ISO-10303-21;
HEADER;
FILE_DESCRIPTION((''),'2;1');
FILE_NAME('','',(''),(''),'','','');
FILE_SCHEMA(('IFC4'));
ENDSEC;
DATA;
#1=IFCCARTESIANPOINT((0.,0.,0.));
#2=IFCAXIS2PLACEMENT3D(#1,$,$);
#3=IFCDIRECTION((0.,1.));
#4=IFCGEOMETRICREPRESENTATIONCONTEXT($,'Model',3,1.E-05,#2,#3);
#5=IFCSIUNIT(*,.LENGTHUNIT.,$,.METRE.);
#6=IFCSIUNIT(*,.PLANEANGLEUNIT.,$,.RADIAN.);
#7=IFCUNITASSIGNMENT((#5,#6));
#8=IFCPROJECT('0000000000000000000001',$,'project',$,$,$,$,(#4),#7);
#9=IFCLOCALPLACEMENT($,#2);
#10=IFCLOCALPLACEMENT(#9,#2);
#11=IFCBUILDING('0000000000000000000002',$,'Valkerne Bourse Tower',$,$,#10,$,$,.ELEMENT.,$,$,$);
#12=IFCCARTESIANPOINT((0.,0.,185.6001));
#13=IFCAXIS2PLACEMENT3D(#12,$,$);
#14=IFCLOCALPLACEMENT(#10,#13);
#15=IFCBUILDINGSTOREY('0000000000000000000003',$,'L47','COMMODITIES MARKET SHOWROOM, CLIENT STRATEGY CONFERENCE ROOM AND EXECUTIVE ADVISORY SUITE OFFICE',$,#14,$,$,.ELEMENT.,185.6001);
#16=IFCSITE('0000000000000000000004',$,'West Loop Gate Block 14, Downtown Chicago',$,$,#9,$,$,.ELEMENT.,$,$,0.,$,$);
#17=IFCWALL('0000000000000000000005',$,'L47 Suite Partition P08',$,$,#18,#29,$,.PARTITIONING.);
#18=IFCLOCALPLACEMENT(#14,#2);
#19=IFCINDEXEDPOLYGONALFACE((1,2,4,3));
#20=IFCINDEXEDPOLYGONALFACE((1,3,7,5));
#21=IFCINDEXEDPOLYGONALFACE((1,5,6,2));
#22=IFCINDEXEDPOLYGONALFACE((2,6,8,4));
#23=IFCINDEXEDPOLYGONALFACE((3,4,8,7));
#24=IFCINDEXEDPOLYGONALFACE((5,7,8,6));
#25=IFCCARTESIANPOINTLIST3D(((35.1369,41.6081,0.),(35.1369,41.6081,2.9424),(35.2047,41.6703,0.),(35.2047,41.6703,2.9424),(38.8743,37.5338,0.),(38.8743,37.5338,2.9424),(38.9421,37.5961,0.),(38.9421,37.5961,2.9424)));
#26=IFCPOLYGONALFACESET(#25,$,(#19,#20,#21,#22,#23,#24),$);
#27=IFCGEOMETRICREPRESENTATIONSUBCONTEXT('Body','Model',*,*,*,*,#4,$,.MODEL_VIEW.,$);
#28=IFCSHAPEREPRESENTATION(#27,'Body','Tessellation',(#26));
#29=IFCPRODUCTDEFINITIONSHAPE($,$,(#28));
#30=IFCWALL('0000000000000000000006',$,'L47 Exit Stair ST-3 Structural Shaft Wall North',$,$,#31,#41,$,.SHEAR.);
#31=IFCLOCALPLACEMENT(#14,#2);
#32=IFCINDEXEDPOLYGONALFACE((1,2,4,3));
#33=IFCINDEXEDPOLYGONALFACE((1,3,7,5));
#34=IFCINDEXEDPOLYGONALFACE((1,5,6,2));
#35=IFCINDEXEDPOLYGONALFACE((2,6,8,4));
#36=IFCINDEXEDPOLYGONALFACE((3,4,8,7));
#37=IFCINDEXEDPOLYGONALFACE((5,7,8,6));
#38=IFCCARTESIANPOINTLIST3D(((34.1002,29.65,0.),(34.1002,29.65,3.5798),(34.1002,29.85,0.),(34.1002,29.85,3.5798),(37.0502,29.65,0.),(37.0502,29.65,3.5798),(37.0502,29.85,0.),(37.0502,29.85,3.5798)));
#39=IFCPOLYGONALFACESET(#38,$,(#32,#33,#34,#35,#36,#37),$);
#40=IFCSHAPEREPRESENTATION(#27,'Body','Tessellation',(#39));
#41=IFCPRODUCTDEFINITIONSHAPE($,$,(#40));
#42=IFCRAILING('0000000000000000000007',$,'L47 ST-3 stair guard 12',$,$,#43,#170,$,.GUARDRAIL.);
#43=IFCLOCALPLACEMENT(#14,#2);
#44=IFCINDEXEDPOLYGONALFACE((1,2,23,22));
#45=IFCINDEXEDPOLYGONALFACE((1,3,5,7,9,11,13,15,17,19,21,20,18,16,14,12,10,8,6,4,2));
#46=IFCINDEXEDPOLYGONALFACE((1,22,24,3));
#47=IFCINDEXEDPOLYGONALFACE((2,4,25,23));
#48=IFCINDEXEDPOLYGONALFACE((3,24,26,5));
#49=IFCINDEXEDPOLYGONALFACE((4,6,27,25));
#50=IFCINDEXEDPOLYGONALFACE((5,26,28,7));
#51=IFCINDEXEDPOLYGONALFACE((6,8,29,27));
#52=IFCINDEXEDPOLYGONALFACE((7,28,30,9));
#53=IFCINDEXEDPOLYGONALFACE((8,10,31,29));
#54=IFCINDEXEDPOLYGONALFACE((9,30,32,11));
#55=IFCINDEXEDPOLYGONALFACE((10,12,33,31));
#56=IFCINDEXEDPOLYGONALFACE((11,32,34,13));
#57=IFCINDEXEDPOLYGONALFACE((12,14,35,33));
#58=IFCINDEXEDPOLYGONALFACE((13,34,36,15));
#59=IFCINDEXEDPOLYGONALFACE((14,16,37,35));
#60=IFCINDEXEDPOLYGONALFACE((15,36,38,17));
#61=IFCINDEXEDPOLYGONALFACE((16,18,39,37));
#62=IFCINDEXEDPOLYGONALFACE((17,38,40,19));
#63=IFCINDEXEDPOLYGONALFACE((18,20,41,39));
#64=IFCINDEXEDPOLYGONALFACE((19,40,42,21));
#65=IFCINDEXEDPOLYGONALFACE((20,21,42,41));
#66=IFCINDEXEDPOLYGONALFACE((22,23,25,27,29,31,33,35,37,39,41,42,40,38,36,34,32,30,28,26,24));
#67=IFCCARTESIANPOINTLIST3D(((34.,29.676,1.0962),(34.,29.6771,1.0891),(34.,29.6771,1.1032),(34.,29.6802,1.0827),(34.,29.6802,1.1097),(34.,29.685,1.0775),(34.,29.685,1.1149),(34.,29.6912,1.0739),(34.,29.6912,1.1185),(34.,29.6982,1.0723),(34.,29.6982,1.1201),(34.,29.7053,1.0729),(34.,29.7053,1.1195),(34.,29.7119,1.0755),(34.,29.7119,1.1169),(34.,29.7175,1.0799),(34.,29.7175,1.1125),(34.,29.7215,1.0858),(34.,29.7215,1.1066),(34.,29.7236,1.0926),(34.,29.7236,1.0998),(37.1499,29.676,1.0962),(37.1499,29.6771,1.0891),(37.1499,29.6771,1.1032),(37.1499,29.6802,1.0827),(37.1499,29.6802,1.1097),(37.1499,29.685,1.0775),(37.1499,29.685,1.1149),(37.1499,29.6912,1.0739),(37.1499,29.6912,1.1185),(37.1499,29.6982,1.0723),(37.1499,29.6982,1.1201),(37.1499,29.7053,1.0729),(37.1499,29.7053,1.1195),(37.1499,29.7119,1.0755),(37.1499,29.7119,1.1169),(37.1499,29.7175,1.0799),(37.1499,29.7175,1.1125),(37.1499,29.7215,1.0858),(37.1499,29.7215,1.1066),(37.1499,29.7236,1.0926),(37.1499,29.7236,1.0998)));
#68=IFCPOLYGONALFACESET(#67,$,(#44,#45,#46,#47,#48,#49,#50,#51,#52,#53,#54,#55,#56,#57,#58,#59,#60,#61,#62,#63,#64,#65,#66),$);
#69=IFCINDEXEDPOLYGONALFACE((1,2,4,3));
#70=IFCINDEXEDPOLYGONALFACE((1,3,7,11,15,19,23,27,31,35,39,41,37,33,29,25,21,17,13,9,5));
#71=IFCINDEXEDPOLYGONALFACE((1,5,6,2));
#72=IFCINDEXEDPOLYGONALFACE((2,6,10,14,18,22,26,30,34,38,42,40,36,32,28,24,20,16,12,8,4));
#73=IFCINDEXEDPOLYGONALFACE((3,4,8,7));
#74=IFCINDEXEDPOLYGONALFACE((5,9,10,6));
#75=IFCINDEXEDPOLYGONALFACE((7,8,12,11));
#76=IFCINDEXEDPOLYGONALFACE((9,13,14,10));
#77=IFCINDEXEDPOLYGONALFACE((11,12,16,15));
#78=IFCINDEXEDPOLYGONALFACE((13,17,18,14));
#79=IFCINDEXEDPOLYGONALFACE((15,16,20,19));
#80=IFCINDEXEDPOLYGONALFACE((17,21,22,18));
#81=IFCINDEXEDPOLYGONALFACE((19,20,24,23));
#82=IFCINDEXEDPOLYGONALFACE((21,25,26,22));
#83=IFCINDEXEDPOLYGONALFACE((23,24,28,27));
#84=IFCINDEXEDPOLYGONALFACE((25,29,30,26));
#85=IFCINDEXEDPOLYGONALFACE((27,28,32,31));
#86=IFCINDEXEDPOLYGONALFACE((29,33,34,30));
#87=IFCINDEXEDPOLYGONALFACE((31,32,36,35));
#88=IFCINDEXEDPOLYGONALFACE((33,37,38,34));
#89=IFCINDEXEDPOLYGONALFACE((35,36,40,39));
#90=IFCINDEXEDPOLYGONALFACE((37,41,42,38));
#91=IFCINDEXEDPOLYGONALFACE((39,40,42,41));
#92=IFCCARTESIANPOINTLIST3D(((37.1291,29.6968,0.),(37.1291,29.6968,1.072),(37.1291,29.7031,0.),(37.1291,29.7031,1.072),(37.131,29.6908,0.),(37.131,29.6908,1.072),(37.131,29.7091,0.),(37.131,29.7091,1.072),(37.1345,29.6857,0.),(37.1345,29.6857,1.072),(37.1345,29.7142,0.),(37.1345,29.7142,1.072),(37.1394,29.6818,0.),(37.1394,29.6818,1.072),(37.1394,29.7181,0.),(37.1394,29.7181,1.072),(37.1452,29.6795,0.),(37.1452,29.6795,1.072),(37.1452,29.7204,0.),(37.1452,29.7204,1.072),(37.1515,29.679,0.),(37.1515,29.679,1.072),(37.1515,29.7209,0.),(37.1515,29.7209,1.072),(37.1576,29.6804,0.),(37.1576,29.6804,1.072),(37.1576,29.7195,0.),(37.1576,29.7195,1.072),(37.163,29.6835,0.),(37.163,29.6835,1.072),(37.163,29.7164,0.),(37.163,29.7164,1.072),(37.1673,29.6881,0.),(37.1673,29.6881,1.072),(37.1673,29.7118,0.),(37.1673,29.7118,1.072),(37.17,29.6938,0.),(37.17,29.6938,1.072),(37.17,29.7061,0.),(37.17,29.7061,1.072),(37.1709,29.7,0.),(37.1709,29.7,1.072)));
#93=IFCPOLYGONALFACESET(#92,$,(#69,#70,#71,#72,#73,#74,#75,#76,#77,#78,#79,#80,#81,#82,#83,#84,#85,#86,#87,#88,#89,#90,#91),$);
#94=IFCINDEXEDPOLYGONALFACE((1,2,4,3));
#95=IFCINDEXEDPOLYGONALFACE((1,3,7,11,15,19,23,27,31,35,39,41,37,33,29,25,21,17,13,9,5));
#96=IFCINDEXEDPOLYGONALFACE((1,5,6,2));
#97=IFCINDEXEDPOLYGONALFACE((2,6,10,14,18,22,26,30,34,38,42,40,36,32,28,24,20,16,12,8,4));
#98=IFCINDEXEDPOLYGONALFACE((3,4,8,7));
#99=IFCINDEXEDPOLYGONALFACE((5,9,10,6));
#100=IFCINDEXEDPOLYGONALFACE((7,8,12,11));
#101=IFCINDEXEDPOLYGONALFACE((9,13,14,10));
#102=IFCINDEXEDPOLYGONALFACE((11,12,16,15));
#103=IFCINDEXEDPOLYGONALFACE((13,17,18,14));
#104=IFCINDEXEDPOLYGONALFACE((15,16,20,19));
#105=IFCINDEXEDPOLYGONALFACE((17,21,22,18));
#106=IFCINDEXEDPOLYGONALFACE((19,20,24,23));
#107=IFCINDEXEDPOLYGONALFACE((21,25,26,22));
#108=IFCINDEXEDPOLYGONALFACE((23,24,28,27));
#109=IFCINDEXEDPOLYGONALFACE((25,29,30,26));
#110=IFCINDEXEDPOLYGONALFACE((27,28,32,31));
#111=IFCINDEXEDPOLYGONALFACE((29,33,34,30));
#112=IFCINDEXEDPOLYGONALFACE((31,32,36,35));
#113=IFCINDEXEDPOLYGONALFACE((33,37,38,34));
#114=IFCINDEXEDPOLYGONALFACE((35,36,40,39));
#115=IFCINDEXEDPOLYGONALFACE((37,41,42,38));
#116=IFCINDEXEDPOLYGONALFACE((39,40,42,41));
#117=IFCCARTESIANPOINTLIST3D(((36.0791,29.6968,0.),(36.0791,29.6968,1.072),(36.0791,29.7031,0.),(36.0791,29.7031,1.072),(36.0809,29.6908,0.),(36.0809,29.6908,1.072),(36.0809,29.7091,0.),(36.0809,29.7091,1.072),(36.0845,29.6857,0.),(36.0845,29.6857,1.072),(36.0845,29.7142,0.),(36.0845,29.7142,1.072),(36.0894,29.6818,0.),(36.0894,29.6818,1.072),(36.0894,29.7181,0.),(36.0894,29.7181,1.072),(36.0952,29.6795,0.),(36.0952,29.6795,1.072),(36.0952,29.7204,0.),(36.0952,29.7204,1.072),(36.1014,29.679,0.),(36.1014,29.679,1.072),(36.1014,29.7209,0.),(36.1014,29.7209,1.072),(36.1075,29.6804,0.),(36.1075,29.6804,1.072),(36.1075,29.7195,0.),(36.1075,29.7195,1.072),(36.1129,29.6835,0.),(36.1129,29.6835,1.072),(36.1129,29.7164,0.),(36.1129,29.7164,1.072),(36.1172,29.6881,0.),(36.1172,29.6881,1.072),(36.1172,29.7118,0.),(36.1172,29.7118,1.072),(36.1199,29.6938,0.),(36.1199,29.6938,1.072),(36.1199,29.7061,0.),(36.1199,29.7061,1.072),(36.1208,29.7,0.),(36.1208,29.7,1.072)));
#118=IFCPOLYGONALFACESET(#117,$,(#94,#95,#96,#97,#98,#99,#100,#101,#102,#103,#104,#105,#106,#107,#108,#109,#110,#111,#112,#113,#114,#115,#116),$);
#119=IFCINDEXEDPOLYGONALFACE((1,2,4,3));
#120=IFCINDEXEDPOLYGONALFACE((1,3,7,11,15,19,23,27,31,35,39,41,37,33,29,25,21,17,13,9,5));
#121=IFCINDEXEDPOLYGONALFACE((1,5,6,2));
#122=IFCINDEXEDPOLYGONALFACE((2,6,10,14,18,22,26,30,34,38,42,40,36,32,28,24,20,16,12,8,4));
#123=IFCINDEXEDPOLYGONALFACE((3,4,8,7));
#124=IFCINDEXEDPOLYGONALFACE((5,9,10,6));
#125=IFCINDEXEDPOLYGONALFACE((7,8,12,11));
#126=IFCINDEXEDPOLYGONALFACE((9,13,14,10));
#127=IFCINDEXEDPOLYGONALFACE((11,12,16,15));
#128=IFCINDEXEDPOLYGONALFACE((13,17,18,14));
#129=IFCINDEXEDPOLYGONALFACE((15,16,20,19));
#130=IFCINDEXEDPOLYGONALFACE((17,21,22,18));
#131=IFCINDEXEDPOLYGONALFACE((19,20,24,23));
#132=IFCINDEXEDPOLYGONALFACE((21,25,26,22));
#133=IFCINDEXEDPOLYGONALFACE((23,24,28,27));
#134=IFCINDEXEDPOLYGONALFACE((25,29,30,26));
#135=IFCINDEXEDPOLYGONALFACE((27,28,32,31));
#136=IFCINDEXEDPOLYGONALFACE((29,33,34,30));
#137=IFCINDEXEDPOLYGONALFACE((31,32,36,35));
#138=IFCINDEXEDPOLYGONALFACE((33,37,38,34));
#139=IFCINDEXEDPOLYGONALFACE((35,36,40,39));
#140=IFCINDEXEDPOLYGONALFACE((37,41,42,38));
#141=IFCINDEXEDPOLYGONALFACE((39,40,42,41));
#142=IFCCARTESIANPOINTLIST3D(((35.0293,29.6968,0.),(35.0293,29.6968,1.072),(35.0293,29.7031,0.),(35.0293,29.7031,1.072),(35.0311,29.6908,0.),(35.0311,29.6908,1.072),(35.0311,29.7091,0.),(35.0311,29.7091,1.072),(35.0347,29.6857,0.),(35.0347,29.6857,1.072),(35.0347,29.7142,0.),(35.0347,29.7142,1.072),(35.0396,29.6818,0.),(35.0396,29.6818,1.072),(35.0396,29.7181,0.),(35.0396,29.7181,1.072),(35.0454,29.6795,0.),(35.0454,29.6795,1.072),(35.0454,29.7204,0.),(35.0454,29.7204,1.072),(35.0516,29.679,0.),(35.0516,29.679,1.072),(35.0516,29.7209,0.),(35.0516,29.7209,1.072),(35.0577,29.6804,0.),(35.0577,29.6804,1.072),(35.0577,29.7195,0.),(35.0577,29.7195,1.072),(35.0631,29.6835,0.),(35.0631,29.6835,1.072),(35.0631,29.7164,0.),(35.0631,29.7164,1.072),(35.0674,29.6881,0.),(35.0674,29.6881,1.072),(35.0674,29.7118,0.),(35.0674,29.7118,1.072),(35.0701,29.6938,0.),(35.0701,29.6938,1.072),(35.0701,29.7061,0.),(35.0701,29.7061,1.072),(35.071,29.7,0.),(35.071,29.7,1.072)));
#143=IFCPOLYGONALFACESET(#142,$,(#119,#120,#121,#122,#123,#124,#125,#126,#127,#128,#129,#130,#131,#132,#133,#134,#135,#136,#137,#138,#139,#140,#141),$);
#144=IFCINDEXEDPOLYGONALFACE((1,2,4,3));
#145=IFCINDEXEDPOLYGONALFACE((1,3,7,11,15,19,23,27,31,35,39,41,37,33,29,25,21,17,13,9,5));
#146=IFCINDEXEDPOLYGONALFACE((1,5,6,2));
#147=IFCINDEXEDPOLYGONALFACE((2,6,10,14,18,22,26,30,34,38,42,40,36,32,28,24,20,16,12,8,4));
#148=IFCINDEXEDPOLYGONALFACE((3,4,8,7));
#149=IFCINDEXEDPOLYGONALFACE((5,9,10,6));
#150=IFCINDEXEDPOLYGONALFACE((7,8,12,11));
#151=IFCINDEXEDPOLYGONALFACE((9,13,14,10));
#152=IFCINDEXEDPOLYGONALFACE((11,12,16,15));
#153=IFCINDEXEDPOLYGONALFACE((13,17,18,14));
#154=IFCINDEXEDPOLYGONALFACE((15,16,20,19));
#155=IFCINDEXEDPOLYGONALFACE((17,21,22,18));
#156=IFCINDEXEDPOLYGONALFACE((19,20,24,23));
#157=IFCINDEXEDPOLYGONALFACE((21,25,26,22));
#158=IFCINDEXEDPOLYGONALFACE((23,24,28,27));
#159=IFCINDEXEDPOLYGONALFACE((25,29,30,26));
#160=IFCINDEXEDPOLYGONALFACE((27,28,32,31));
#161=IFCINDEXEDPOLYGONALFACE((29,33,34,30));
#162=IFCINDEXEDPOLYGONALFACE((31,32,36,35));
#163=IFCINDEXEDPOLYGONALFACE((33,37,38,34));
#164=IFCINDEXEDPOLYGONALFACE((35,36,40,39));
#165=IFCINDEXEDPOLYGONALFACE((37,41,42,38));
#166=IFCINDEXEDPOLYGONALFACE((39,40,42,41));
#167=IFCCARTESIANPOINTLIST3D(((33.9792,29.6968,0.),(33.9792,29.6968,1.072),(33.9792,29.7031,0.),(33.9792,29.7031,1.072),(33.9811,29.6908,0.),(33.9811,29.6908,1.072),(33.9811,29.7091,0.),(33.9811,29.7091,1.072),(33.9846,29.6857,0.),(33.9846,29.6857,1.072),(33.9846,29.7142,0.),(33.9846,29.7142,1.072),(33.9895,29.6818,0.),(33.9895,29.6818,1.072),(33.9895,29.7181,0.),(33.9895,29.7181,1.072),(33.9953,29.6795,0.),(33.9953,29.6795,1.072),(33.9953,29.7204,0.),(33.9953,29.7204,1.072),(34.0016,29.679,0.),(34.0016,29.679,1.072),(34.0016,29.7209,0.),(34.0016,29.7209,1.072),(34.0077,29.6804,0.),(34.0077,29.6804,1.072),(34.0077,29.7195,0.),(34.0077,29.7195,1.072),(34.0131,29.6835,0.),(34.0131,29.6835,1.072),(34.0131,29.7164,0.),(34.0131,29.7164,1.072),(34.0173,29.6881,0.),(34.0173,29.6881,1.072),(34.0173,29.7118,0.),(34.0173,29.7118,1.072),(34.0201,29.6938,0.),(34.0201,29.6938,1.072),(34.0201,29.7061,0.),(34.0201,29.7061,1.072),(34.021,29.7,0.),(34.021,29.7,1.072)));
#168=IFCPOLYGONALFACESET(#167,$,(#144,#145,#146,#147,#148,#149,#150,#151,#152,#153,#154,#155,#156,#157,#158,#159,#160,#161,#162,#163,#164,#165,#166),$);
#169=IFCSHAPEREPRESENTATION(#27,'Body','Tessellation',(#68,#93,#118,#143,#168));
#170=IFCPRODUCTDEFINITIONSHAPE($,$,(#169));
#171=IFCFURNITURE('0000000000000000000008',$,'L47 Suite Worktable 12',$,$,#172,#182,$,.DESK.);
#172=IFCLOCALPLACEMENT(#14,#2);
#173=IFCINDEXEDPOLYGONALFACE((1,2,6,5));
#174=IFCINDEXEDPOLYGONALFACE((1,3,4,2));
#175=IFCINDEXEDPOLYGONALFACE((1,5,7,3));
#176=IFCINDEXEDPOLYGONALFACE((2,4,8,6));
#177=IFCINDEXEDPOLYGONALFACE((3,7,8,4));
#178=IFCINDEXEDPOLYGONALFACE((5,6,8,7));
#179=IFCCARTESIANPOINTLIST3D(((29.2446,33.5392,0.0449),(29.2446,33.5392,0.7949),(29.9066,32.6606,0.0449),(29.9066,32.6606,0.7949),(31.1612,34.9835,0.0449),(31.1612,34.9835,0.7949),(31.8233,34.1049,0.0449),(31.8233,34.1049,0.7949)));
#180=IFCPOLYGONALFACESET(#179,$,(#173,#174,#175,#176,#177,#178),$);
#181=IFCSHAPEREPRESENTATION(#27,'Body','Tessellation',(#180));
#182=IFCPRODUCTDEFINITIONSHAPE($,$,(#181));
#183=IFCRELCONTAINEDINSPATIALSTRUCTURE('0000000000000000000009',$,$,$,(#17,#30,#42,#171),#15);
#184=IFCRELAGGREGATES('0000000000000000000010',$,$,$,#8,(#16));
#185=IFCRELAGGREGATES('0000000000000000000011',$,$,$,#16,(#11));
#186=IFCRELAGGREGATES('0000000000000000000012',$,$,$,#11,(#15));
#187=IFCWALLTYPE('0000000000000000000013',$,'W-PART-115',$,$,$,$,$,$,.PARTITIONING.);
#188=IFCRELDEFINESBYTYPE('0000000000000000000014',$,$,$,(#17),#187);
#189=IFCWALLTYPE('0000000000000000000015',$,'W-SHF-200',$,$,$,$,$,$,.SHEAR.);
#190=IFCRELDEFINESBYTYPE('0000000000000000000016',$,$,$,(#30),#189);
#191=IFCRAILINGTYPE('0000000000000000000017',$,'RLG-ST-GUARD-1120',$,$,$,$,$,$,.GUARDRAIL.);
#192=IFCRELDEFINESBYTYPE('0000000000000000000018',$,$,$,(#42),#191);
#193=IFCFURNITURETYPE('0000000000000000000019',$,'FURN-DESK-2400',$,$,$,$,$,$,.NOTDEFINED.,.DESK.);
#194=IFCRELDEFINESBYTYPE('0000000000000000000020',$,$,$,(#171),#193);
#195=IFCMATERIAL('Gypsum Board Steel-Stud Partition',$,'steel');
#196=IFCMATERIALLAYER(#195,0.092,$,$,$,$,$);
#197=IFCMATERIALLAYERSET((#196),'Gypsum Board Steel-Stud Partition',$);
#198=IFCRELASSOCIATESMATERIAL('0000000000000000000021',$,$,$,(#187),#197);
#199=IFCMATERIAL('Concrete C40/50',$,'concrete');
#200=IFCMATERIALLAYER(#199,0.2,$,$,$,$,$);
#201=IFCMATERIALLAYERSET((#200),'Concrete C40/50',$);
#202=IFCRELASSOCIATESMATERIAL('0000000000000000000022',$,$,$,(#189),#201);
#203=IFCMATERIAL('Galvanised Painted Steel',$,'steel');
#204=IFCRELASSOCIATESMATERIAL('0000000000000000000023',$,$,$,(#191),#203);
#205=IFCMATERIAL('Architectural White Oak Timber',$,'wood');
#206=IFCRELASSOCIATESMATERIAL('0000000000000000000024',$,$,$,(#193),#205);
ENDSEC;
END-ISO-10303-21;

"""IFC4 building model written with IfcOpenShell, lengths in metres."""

from ifc_helpers import new_model, si_unit, direction, frame, frame_2d, origin, origin_2d, place, context, subcontext, project, spatial, rectangle, circle, extrude, material, layer, layer_set, type_object, element, save


model = new_model("IFC4")

# Units and contexts
model_context = context("Model", 3, precision=1e-05, world=origin(), true_north=direction((0.0, 1.0)))
body_context = subcontext(model_context, "Body", "Model", "MODEL_VIEW")
ifc_project = project(units=[si_unit("LENGTHUNIT", "METRE"), si_unit("PLANEANGLEUNIT", "RADIAN")], contexts=[model_context])

# Site, building, storey
site_placement = place(None, origin())
site = spatial("IfcSite", under=ifc_project, at=site_placement, Name="West Loop Gate Block 14, Downtown Chicago", CompositionType="ELEMENT", RefElevation=0.0)
building_placement = place(site_placement, origin())
building = spatial("IfcBuilding", under=site, at=building_placement, Name="Valkerne Bourse Tower", CompositionType="ELEMENT")
storey_placement = place(building_placement, frame((0.0, 0.0, 185.6001)))
storey = spatial("IfcBuildingStorey", under=building, at=storey_placement, Name="L47", Description="COMMODITIES MARKET SHOWROOM, CLIENT STRATEGY CONFERENCE ROOM AND EXECUTIVE ADVISORY SUITE OFFICE", CompositionType="ELEMENT", Elevation=185.6001)

# Shared definitions
ifc_material_1 = material(Name="Galvanised Painted Steel", Category="steel")

# Shared definitions
ifc_material_2 = material(Name="Gypsum Board Steel-Stud Partition", Category="steel")

# Shared definitions
ifc_material_3 = material(Name="Architectural White Oak Timber", Category="wood")

# Walls
ifc_layer_1 = layer(ifc_material_2, 0.092)
ifc_layer_set_1 = layer_set([ifc_layer_1], Name="Gypsum Board Steel-Stud Partition")
wall_type_1 = type_object("IfcWallType", Name="W-PART-115", PredefinedType="PARTITIONING", material=ifc_layer_set_1)
wall_1_placement = place(storey_placement, frame((38.9082, 37.5649, 0.0), z_axis=(0.0, 0.0, 1.0), x_axis=(-0.675981, 0.736919, 0.0)))
element("IfcWall", 1, at=wall_1_placement, inside=storey, type_object=wall_type_1, Name="L47 Suite Partition P08", PredefinedType="PARTITIONING", context=body_context, shape_type="SweptSolid", body=[
    extrude(rectangle(XDim=5.5288, YDim=0.092, at=frame_2d((2.7644, 0.0))), origin(), (0.0, 0.0, 1.0), 2.9424),
])
ifc_material_4 = material(Name="Concrete C40/50", Category="concrete")
ifc_layer_2 = layer(ifc_material_4, 0.2)
ifc_layer_set_2 = layer_set([ifc_layer_2], Name="Concrete C40/50")
wall_type_2 = type_object("IfcWallType", Name="W-SHF-200", PredefinedType="SHEAR", material=ifc_layer_set_2)
wall_2_placement = place(storey_placement, frame((34.1001, 29.75, 0.0), z_axis=(0.0, 0.0, 1.0), x_axis=(1.0, 0.0, 0.0)))
element("IfcWall", 2, at=wall_2_placement, inside=storey, type_object=wall_type_2, Name="L47 Exit Stair ST-3 Structural Shaft Wall North", PredefinedType="SHEAR", context=body_context, shape_type="SweptSolid", body=[
    extrude(rectangle(XDim=2.95, YDim=0.2, at=frame_2d((1.4751, 0.0))), origin(), (0.0, 0.0, 1.0), 3.5798),
])

# Railing
railing_type = type_object("IfcRailingType", Name="RLG-ST-GUARD-1120", PredefinedType="GUARDRAIL", material=ifc_material_1)
railing_placement = place(storey_placement, frame((37.1499, 29.7, 0.0)))
element("IfcRailing", 3, at=railing_placement, inside=storey, type_object=railing_type, Name="L47 ST-3 stair guard 12", PredefinedType="GUARDRAIL", context=body_context, shape_type="SweptSolid", body=[
    extrude(circle(Radius=0.0239, at=origin_2d()), frame((0.0, 0.0, 1.0962), z_axis=(-1.0, 0.0, 0.0), x_axis=(0.0, -1.0, 0.0)), (0.0, 0.0, 1.0), 3.1499),
    extrude(circle(Radius=0.021, at=origin_2d()), origin(), (0.0, 0.0, 1.0), 1.072),
    extrude(circle(Radius=0.021, at=origin_2d()), frame((-1.05, 0.0, 0.0)), (0.0, 0.0, 1.0), 1.072),
    extrude(circle(Radius=0.021, at=origin_2d()), frame((-2.0999, 0.0, 0.0)), (0.0, 0.0, 1.0), 1.072),
    extrude(circle(Radius=0.021, at=origin_2d()), frame((-3.1499, 0.0, 0.0)), (0.0, 0.0, 1.0), 1.072),
])

# Furniture
furniture_type = type_object("IfcFurnitureType", Name="FURN-DESK-2400", AssemblyPlace="NOTDEFINED", PredefinedType="DESK", material=ifc_material_3)
furniture_placement = place(storey_placement, frame((30.5339, 33.822, 0.0449), z_axis=(0.0, 0.0, 1.0), x_axis=(0.798636, 0.601815, 0.0)))
element("IfcFurniture", 4, at=furniture_placement, inside=storey, type_object=furniture_type, Name="L47 Suite Worktable 12", PredefinedType="DESK", context=body_context, shape_type="SweptSolid", body=[
    extrude(rectangle(XDim=2.3999, YDim=1.1001, at=origin_2d()), origin(), (0.0, 0.0, 1.0), 0.75),
])

save(model, "model.ifc")
